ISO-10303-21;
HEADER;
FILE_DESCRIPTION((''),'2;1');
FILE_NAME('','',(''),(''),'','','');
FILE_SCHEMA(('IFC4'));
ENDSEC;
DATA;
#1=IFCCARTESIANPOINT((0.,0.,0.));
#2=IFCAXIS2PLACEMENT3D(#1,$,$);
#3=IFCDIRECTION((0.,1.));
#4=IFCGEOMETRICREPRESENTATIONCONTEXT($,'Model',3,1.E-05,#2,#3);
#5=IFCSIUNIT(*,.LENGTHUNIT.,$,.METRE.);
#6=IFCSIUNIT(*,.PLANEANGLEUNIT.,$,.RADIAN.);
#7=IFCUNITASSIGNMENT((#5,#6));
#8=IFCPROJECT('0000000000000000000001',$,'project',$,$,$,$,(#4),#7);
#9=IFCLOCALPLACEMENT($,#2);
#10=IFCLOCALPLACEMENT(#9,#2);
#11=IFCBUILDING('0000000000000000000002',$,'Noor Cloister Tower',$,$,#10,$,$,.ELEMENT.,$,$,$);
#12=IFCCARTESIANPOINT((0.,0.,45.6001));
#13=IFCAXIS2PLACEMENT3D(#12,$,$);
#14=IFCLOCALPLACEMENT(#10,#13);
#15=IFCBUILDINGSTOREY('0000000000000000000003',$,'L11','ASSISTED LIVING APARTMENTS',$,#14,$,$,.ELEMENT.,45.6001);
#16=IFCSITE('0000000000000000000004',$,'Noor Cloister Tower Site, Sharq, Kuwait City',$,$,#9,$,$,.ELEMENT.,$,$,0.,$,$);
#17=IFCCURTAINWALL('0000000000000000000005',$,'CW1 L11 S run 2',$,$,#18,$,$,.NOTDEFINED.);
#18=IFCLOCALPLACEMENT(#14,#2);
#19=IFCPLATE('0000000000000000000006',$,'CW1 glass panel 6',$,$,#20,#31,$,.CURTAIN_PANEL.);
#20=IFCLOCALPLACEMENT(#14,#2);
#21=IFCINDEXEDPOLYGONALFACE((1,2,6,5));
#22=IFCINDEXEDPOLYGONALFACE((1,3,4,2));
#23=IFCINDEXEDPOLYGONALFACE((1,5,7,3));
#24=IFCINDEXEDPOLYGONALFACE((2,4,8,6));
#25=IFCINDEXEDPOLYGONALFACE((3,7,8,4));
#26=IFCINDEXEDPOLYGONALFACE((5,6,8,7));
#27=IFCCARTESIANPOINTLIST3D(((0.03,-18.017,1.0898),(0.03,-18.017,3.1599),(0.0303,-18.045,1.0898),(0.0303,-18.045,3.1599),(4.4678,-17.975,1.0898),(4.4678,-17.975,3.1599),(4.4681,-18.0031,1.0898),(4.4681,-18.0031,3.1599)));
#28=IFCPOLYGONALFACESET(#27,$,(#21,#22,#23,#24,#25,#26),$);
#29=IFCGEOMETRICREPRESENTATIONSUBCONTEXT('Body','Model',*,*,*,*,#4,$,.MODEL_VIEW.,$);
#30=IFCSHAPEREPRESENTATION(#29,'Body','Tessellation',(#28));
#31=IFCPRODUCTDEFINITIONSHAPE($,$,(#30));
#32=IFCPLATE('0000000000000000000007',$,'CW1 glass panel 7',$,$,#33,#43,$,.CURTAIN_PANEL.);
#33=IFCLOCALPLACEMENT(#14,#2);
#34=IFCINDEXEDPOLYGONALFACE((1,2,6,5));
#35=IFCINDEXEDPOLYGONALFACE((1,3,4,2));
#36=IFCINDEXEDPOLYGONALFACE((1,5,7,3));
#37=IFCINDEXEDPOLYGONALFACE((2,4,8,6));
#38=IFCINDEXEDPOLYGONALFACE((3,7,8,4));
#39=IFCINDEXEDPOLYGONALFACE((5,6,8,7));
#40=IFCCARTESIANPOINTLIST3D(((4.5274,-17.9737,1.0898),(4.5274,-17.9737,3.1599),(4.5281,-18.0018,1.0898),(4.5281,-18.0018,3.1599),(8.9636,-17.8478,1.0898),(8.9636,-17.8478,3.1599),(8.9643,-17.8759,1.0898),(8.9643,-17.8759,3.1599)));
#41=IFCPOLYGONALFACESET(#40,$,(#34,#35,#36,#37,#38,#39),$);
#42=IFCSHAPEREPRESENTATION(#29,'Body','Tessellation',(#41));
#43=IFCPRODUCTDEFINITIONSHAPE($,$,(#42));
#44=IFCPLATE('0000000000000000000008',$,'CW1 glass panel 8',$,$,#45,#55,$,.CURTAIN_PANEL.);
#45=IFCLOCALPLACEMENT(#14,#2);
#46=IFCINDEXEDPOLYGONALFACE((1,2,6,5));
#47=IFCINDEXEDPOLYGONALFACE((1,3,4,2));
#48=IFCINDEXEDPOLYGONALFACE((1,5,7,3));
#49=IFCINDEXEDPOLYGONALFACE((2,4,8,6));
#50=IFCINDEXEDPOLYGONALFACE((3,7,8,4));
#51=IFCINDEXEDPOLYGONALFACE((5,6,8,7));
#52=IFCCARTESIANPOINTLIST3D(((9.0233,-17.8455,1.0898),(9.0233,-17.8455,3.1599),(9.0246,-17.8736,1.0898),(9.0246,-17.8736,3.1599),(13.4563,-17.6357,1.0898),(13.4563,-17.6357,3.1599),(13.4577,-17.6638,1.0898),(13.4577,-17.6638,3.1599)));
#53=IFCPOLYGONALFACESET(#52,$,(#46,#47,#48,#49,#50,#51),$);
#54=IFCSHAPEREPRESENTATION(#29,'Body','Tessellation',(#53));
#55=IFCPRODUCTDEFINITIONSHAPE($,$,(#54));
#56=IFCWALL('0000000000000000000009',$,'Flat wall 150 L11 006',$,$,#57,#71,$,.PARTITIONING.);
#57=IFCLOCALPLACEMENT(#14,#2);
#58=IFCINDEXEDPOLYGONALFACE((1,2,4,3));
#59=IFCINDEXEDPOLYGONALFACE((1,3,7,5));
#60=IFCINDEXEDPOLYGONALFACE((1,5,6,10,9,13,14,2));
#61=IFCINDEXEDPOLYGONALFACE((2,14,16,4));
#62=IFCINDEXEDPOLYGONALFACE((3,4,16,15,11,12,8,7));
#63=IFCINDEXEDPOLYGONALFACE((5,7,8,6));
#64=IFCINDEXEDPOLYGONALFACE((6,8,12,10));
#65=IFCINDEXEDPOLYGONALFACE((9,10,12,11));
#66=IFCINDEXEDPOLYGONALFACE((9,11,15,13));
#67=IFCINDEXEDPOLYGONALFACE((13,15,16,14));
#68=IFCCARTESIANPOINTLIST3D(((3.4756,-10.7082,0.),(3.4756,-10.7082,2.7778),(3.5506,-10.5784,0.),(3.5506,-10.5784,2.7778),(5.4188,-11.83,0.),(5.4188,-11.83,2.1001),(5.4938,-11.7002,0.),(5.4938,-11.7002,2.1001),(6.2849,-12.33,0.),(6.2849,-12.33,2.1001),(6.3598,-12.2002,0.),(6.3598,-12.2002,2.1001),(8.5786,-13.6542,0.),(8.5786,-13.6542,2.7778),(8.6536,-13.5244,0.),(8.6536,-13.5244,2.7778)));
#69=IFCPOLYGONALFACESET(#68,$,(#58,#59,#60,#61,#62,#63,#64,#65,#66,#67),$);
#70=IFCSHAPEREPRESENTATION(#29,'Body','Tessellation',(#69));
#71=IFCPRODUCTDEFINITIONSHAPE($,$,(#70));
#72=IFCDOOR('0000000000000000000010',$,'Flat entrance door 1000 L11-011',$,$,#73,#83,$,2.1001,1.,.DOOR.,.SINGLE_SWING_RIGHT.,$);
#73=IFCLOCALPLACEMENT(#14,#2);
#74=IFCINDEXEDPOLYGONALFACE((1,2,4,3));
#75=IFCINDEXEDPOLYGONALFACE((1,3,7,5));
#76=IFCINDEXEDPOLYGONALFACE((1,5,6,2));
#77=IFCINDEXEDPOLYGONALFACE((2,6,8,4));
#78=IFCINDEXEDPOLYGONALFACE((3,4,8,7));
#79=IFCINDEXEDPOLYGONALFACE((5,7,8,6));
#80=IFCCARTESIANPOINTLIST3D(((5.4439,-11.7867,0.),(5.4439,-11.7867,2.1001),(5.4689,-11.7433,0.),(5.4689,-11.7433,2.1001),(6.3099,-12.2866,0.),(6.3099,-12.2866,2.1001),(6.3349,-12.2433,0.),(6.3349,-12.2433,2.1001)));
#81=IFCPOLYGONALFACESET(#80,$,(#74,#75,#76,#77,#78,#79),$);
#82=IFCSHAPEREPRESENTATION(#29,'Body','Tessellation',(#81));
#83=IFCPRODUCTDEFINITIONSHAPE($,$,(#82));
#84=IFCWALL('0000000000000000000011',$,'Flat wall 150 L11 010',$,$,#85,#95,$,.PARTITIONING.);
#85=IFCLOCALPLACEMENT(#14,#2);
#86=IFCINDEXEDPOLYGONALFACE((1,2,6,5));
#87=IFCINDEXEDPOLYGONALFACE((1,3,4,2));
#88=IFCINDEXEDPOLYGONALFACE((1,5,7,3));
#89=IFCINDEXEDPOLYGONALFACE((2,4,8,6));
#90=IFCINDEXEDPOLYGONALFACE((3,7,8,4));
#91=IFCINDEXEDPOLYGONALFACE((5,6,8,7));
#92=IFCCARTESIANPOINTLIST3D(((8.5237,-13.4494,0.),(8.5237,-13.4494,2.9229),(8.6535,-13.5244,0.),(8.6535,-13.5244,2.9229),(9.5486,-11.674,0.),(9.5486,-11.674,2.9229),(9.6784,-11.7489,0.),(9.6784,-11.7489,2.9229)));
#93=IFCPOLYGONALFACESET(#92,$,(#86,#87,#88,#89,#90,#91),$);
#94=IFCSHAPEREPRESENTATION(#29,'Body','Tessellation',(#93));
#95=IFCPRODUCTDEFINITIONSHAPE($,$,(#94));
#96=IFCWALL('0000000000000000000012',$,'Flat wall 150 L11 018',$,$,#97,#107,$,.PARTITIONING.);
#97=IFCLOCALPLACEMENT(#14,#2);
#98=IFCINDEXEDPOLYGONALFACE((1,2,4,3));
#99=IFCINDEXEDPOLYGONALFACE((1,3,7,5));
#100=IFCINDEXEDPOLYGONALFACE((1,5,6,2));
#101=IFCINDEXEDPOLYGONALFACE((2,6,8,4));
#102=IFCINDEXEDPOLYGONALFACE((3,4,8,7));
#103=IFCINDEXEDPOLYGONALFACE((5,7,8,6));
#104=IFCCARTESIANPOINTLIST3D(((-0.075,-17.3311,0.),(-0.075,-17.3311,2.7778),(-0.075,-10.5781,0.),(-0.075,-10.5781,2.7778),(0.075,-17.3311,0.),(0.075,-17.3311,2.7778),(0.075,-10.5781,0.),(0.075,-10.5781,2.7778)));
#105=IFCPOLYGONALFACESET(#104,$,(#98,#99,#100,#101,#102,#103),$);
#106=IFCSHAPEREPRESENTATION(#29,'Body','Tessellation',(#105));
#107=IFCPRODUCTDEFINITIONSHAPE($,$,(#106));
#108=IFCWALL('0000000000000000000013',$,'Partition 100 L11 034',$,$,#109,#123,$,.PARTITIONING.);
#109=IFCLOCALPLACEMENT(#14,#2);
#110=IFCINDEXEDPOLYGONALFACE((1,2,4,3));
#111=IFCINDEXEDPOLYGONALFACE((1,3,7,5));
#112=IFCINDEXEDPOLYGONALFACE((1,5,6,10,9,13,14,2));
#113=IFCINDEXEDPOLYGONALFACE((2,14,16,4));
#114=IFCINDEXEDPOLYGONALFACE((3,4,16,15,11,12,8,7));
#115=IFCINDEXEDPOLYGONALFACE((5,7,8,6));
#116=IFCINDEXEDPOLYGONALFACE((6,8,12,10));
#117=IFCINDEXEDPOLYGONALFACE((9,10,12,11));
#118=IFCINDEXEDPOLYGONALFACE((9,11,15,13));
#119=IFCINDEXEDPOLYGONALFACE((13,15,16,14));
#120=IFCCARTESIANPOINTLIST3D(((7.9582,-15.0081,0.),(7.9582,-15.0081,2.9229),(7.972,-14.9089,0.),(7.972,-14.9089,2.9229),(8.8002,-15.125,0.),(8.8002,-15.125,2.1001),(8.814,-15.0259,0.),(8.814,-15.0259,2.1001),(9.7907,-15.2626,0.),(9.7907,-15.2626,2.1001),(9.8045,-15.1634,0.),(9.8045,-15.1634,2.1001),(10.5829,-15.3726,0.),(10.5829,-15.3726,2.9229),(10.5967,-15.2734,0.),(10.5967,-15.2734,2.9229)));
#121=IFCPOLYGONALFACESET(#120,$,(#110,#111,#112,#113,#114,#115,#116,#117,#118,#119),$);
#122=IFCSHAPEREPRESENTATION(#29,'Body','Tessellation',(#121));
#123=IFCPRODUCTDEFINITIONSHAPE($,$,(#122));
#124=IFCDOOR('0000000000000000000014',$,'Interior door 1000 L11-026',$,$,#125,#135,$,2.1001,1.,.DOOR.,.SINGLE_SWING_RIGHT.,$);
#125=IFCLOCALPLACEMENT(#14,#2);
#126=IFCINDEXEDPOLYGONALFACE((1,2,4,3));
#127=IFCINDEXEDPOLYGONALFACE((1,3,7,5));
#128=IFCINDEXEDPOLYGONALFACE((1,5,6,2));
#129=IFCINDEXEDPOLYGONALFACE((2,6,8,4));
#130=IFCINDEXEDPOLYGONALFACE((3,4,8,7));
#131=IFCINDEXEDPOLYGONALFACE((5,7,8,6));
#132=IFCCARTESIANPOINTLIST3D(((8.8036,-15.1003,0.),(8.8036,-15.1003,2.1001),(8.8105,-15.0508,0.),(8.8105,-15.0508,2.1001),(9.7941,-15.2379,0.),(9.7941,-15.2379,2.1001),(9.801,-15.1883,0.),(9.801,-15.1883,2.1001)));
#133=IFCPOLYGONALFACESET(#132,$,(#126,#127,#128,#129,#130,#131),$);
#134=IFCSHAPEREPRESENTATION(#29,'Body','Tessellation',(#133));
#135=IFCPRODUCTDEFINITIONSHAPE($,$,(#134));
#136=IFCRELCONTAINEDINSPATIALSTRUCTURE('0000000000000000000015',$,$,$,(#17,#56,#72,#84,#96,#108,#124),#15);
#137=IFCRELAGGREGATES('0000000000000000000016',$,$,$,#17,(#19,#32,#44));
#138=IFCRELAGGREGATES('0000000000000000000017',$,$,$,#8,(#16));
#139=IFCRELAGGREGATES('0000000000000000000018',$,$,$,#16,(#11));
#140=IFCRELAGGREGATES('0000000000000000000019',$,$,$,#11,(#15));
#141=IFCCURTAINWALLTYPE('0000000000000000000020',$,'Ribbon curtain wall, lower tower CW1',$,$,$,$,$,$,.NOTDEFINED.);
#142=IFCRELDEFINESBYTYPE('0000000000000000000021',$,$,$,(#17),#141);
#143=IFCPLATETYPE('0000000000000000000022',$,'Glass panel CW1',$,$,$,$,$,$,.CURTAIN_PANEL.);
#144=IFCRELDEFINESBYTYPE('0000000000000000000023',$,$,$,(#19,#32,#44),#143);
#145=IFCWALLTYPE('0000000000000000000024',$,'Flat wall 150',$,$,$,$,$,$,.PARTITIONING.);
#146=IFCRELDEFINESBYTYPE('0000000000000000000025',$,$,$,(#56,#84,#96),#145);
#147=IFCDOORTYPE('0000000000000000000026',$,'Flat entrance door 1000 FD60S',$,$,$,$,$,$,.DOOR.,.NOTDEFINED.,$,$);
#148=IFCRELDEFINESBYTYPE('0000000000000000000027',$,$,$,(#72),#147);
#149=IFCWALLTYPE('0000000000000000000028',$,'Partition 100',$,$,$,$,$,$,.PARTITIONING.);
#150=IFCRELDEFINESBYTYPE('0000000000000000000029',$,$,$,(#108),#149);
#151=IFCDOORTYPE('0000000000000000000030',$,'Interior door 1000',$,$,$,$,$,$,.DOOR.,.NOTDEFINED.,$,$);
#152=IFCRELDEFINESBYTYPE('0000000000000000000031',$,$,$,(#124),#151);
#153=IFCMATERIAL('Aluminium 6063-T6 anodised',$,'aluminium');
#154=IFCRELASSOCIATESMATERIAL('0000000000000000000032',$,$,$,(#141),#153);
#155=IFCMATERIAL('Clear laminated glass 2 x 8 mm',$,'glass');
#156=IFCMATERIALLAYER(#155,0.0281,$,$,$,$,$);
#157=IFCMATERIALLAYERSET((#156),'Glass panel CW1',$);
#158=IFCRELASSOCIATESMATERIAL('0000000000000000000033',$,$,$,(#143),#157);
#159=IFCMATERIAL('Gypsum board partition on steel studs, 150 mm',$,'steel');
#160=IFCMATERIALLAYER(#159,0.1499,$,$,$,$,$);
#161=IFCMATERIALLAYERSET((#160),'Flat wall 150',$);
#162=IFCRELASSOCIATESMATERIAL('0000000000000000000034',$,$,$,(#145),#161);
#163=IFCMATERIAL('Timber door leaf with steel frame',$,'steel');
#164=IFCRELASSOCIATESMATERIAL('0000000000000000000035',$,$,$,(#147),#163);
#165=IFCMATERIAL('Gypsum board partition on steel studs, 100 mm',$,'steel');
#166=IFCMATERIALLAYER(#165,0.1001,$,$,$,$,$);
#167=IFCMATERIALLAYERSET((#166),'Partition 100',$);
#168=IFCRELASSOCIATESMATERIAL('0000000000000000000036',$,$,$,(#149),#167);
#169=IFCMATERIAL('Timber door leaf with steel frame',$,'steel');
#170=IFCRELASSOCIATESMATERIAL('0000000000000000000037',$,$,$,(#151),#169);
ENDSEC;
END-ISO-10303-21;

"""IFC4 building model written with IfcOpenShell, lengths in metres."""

from ifc_helpers import new_model, si_unit, direction, frame, frame_2d, origin, origin_2d, place, context, subcontext, project, spatial, rectangle, extrude, material, layer, layer_set, type_object, element, fill, aggregate, save


model = new_model("IFC4")

# Units and contexts
model_context = context("Model", 3, precision=1e-05, world=origin(), true_north=direction((0.0, 1.0)))
body_context = subcontext(model_context, "Body", "Model", "MODEL_VIEW")
ifc_project = project(units=[si_unit("LENGTHUNIT", "METRE"), si_unit("PLANEANGLEUNIT", "RADIAN")], contexts=[model_context])

# Site, building, storey
site_placement = place(None, origin())
site = spatial("IfcSite", under=ifc_project, at=site_placement, Name="Noor Cloister Tower Site, Sharq, Kuwait City", CompositionType="ELEMENT", RefElevation=0.0)
building_placement = place(site_placement, origin())
building = spatial("IfcBuilding", under=site, at=building_placement, Name="Noor Cloister Tower", CompositionType="ELEMENT")
storey_placement = place(building_placement, frame((0.0, 0.0, 45.6001)))
storey = spatial("IfcBuildingStorey", under=building, at=storey_placement, Name="L11", Description="ASSISTED LIVING APARTMENTS", CompositionType="ELEMENT", Elevation=45.6001)

# Curtain wall
ifc_material_1 = material(Name="Aluminium 6063-T6 anodised", Category="aluminium")
curtain_wall_type = type_object("IfcCurtainWallType", Name="Ribbon curtain wall, lower tower CW1", PredefinedType="NOTDEFINED", material=ifc_material_1)
curtain_wall_placement = place(storey_placement, origin())
curtain_wall = element("IfcCurtainWall", 1, at=curtain_wall_placement, inside=storey, type_object=curtain_wall_type, Name="CW1 L11 S run 2", PredefinedType="NOTDEFINED")

# Plates
ifc_material_2 = material(Name="Clear laminated glass 2 x 8 mm", Category="glass")
ifc_layer_1 = layer(ifc_material_2, 0.0281)
ifc_layer_set_1 = layer_set([ifc_layer_1], Name="Glass panel CW1")
plate_type = type_object("IfcPlateType", Name="Glass panel CW1", PredefinedType="CURTAIN_PANEL", material=ifc_layer_set_1)
plate_1_placement = place(storey_placement, frame((2.249, -18.01, 1.0898), z_axis=(0.0, 0.0, 1.0), x_axis=(0.999955, 0.009458, 0.0)))
plate_1 = element("IfcPlate", 2, at=plate_1_placement, type_object=plate_type, Name="CW1 glass panel 6", PredefinedType="CURTAIN_PANEL", context=body_context, shape_type="SweptSolid", body=[
    extrude(rectangle(XDim=4.438, YDim=0.0281, at=origin_2d()), origin(), (0.0, 0.0, 1.0), 2.0701),
])
plate_2_placement = place(storey_placement, frame((6.7458, -17.9248, 1.0898), z_axis=(0.0, 0.0, 1.0), x_axis=(0.999597, 0.02837, 0.0)))
plate_2 = element("IfcPlate", 3, at=plate_2_placement, type_object=plate_type, Name="CW1 glass panel 7", PredefinedType="CURTAIN_PANEL", context=body_context, shape_type="SweptSolid", body=[
    extrude(rectangle(XDim=4.438, YDim=0.0281, at=origin_2d()), origin(), (0.0, 0.0, 1.0), 2.0701),
])
plate_3_placement = place(storey_placement, frame((11.2405, -17.7546, 1.0898), z_axis=(0.0, 0.0, 1.0), x_axis=(0.998882, 0.047272, 0.0)))
plate_3 = element("IfcPlate", 4, at=plate_3_placement, type_object=plate_type, Name="CW1 glass panel 8", PredefinedType="CURTAIN_PANEL", context=body_context, shape_type="SweptSolid", body=[
    extrude(rectangle(XDim=4.438, YDim=0.0281, at=origin_2d()), origin(), (0.0, 0.0, 1.0), 2.0701),
])
aggregate(curtain_wall, [plate_1, plate_2, plate_3])

# Wall, opening, door
ifc_material_3 = material(Name="Gypsum board partition on steel studs, 150 mm", Category="steel")
ifc_layer_2 = layer(ifc_material_3, 0.1499)
ifc_layer_set_2 = layer_set([ifc_layer_2], Name="Flat wall 150")
wall_type_1 = type_object("IfcWallType", Name="Flat wall 150", PredefinedType="PARTITIONING", material=ifc_layer_set_2)
wall_1_placement = place(storey_placement, frame((8.6162, -13.5894, 0.0), z_axis=(0.0, 0.0, 1.0), x_axis=(-0.866039, 0.499976, 0.0)))
wall_1 = element("IfcWall", 5, at=wall_1_placement, inside=storey, type_object=wall_type_1, Name="Flat wall 150 L11 006", PredefinedType="PARTITIONING", context=body_context, shape_type="SweptSolid", body=[
    extrude(rectangle(XDim=5.8923, YDim=0.1499, at=frame_2d((2.9463, 0.0))), origin(), (0.0, 0.0, 1.0), 2.7778),
])
opening_1_placement = place(wall_1_placement, frame((2.6487, 0.0, 0.0)))
opening_1 = element("IfcOpeningElement", 6, at=opening_1_placement, cuts=wall_1, PredefinedType="OPENING", context=body_context, shape_type="SweptSolid", body=[
    extrude(rectangle(XDim=1.0, YDim=2.1001, at=frame_2d((0.5, 1.05))), frame((0.0, 0.085, 0.0), z_axis=(0.0, -1.0, 0.0), x_axis=(1.0, 0.0, 0.0)), (0.0, 0.0, 1.0), 0.1699),
])
ifc_material_4 = material(Name="Timber door leaf with steel frame", Category="steel")
door_type_1 = type_object("IfcDoorType", Name="Flat entrance door 1000 FD60S", OperationType="NOTDEFINED", PredefinedType="DOOR", material=ifc_material_4)
door_1_placement = place(opening_1_placement, origin())
door_1 = element("IfcDoor", 7, at=door_1_placement, inside=storey, type_object=door_type_1, Name="Flat entrance door 1000 L11-011", OperationType="SINGLE_SWING_RIGHT", OverallHeight=2.1001, OverallWidth=1.0, PredefinedType="DOOR", context=body_context, shape_type="SweptSolid", body=[
    extrude(rectangle(XDim=1.0, YDim=2.1001, at=frame_2d((0.5, 1.05))), frame((0.0, 0.0249, 0.0), z_axis=(0.0, -1.0, 0.0), x_axis=(1.0, 0.0, 0.0)), (0.0, 0.0, 1.0), 0.05),
])
fill(opening_1, door_1)

# Walls
wall_2_placement = place(storey_placement, frame((8.5886, -13.4868, 0.0), z_axis=(0.0, 0.0, 1.0), x_axis=(0.499956, 0.866051, 0.0)))
element("IfcWall", 8, at=wall_2_placement, inside=storey, type_object=wall_type_1, Name="Flat wall 150 L11 010", PredefinedType="PARTITIONING", context=body_context, shape_type="SweptSolid", body=[
    extrude(rectangle(XDim=2.05, YDim=0.1499, at=frame_2d((1.0249, 0.0))), origin(), (0.0, 0.0, 1.0), 2.9229),
])
wall_3_placement = place(storey_placement, frame((0.0, -17.3311, 0.0), z_axis=(0.0, 0.0, 1.0), x_axis=(0.0, 1.0, 0.0)))
element("IfcWall", 9, at=wall_3_placement, inside=storey, type_object=wall_type_1, Name="Flat wall 150 L11 018", PredefinedType="PARTITIONING", context=body_context, shape_type="SweptSolid", body=[
    extrude(rectangle(XDim=6.7529, YDim=0.1499, at=frame_2d((3.3765, 0.0))), origin(), (0.0, 0.0, 1.0), 2.7778),
])

# Wall, opening, door
ifc_material_5 = material(Name="Gypsum board partition on steel studs, 100 mm", Category="steel")
ifc_layer_3 = layer(ifc_material_5, 0.1001)
ifc_layer_set_3 = layer_set([ifc_layer_3], Name="Partition 100")
wall_type_2 = type_object("IfcWallType", Name="Partition 100", PredefinedType="PARTITIONING", material=ifc_layer_set_3)
wall_4_placement = place(storey_placement, frame((7.9651, -14.9585, 0.0), z_axis=(0.0, 0.0, 1.0), x_axis=(0.990495, -0.137551, 0.0)))
wall_4 = element("IfcWall", 10, at=wall_4_placement, inside=storey, type_object=wall_type_2, Name="Partition 100 L11 034", PredefinedType="PARTITIONING", context=body_context, shape_type="SweptSolid", body=[
    extrude(rectangle(XDim=2.6499, YDim=0.1001, at=frame_2d((1.325, 0.0))), origin(), (0.0, 0.0, 1.0), 2.9229),
])
opening_2_placement = place(wall_4_placement, frame((0.8501, 0.0, 0.0)))
opening_2 = element("IfcOpeningElement", 11, at=opening_2_placement, cuts=wall_4, PredefinedType="OPENING", context=body_context, shape_type="SweptSolid", body=[
    extrude(rectangle(XDim=1.0, YDim=2.1001, at=frame_2d((0.5, 1.05))), frame((0.0, 0.0601, 0.0), z_axis=(0.0, -1.0, 0.0), x_axis=(1.0, 0.0, 0.0)), (0.0, 0.0, 1.0), 0.1201),
])
ifc_material_6 = material(Name="Timber door leaf with steel frame", Category="steel")
door_type_2 = type_object("IfcDoorType", Name="Interior door 1000", OperationType="NOTDEFINED", PredefinedType="DOOR", material=ifc_material_6)
door_2_placement = place(opening_2_placement, origin())
door_2 = element("IfcDoor", 12, at=door_2_placement, inside=storey, type_object=door_type_2, Name="Interior door 1000 L11-026", OperationType="SINGLE_SWING_RIGHT", OverallHeight=2.1001, OverallWidth=1.0, PredefinedType="DOOR", context=body_context, shape_type="SweptSolid", body=[
    extrude(rectangle(XDim=1.0, YDim=2.1001, at=frame_2d((0.5, 1.05))), frame((0.0, 0.0249, 0.0), z_axis=(0.0, -1.0, 0.0), x_axis=(1.0, 0.0, 0.0)), (0.0, 0.0, 1.0), 0.05),
])
fill(opening_2, door_2)

save(model, "model.ifc")
